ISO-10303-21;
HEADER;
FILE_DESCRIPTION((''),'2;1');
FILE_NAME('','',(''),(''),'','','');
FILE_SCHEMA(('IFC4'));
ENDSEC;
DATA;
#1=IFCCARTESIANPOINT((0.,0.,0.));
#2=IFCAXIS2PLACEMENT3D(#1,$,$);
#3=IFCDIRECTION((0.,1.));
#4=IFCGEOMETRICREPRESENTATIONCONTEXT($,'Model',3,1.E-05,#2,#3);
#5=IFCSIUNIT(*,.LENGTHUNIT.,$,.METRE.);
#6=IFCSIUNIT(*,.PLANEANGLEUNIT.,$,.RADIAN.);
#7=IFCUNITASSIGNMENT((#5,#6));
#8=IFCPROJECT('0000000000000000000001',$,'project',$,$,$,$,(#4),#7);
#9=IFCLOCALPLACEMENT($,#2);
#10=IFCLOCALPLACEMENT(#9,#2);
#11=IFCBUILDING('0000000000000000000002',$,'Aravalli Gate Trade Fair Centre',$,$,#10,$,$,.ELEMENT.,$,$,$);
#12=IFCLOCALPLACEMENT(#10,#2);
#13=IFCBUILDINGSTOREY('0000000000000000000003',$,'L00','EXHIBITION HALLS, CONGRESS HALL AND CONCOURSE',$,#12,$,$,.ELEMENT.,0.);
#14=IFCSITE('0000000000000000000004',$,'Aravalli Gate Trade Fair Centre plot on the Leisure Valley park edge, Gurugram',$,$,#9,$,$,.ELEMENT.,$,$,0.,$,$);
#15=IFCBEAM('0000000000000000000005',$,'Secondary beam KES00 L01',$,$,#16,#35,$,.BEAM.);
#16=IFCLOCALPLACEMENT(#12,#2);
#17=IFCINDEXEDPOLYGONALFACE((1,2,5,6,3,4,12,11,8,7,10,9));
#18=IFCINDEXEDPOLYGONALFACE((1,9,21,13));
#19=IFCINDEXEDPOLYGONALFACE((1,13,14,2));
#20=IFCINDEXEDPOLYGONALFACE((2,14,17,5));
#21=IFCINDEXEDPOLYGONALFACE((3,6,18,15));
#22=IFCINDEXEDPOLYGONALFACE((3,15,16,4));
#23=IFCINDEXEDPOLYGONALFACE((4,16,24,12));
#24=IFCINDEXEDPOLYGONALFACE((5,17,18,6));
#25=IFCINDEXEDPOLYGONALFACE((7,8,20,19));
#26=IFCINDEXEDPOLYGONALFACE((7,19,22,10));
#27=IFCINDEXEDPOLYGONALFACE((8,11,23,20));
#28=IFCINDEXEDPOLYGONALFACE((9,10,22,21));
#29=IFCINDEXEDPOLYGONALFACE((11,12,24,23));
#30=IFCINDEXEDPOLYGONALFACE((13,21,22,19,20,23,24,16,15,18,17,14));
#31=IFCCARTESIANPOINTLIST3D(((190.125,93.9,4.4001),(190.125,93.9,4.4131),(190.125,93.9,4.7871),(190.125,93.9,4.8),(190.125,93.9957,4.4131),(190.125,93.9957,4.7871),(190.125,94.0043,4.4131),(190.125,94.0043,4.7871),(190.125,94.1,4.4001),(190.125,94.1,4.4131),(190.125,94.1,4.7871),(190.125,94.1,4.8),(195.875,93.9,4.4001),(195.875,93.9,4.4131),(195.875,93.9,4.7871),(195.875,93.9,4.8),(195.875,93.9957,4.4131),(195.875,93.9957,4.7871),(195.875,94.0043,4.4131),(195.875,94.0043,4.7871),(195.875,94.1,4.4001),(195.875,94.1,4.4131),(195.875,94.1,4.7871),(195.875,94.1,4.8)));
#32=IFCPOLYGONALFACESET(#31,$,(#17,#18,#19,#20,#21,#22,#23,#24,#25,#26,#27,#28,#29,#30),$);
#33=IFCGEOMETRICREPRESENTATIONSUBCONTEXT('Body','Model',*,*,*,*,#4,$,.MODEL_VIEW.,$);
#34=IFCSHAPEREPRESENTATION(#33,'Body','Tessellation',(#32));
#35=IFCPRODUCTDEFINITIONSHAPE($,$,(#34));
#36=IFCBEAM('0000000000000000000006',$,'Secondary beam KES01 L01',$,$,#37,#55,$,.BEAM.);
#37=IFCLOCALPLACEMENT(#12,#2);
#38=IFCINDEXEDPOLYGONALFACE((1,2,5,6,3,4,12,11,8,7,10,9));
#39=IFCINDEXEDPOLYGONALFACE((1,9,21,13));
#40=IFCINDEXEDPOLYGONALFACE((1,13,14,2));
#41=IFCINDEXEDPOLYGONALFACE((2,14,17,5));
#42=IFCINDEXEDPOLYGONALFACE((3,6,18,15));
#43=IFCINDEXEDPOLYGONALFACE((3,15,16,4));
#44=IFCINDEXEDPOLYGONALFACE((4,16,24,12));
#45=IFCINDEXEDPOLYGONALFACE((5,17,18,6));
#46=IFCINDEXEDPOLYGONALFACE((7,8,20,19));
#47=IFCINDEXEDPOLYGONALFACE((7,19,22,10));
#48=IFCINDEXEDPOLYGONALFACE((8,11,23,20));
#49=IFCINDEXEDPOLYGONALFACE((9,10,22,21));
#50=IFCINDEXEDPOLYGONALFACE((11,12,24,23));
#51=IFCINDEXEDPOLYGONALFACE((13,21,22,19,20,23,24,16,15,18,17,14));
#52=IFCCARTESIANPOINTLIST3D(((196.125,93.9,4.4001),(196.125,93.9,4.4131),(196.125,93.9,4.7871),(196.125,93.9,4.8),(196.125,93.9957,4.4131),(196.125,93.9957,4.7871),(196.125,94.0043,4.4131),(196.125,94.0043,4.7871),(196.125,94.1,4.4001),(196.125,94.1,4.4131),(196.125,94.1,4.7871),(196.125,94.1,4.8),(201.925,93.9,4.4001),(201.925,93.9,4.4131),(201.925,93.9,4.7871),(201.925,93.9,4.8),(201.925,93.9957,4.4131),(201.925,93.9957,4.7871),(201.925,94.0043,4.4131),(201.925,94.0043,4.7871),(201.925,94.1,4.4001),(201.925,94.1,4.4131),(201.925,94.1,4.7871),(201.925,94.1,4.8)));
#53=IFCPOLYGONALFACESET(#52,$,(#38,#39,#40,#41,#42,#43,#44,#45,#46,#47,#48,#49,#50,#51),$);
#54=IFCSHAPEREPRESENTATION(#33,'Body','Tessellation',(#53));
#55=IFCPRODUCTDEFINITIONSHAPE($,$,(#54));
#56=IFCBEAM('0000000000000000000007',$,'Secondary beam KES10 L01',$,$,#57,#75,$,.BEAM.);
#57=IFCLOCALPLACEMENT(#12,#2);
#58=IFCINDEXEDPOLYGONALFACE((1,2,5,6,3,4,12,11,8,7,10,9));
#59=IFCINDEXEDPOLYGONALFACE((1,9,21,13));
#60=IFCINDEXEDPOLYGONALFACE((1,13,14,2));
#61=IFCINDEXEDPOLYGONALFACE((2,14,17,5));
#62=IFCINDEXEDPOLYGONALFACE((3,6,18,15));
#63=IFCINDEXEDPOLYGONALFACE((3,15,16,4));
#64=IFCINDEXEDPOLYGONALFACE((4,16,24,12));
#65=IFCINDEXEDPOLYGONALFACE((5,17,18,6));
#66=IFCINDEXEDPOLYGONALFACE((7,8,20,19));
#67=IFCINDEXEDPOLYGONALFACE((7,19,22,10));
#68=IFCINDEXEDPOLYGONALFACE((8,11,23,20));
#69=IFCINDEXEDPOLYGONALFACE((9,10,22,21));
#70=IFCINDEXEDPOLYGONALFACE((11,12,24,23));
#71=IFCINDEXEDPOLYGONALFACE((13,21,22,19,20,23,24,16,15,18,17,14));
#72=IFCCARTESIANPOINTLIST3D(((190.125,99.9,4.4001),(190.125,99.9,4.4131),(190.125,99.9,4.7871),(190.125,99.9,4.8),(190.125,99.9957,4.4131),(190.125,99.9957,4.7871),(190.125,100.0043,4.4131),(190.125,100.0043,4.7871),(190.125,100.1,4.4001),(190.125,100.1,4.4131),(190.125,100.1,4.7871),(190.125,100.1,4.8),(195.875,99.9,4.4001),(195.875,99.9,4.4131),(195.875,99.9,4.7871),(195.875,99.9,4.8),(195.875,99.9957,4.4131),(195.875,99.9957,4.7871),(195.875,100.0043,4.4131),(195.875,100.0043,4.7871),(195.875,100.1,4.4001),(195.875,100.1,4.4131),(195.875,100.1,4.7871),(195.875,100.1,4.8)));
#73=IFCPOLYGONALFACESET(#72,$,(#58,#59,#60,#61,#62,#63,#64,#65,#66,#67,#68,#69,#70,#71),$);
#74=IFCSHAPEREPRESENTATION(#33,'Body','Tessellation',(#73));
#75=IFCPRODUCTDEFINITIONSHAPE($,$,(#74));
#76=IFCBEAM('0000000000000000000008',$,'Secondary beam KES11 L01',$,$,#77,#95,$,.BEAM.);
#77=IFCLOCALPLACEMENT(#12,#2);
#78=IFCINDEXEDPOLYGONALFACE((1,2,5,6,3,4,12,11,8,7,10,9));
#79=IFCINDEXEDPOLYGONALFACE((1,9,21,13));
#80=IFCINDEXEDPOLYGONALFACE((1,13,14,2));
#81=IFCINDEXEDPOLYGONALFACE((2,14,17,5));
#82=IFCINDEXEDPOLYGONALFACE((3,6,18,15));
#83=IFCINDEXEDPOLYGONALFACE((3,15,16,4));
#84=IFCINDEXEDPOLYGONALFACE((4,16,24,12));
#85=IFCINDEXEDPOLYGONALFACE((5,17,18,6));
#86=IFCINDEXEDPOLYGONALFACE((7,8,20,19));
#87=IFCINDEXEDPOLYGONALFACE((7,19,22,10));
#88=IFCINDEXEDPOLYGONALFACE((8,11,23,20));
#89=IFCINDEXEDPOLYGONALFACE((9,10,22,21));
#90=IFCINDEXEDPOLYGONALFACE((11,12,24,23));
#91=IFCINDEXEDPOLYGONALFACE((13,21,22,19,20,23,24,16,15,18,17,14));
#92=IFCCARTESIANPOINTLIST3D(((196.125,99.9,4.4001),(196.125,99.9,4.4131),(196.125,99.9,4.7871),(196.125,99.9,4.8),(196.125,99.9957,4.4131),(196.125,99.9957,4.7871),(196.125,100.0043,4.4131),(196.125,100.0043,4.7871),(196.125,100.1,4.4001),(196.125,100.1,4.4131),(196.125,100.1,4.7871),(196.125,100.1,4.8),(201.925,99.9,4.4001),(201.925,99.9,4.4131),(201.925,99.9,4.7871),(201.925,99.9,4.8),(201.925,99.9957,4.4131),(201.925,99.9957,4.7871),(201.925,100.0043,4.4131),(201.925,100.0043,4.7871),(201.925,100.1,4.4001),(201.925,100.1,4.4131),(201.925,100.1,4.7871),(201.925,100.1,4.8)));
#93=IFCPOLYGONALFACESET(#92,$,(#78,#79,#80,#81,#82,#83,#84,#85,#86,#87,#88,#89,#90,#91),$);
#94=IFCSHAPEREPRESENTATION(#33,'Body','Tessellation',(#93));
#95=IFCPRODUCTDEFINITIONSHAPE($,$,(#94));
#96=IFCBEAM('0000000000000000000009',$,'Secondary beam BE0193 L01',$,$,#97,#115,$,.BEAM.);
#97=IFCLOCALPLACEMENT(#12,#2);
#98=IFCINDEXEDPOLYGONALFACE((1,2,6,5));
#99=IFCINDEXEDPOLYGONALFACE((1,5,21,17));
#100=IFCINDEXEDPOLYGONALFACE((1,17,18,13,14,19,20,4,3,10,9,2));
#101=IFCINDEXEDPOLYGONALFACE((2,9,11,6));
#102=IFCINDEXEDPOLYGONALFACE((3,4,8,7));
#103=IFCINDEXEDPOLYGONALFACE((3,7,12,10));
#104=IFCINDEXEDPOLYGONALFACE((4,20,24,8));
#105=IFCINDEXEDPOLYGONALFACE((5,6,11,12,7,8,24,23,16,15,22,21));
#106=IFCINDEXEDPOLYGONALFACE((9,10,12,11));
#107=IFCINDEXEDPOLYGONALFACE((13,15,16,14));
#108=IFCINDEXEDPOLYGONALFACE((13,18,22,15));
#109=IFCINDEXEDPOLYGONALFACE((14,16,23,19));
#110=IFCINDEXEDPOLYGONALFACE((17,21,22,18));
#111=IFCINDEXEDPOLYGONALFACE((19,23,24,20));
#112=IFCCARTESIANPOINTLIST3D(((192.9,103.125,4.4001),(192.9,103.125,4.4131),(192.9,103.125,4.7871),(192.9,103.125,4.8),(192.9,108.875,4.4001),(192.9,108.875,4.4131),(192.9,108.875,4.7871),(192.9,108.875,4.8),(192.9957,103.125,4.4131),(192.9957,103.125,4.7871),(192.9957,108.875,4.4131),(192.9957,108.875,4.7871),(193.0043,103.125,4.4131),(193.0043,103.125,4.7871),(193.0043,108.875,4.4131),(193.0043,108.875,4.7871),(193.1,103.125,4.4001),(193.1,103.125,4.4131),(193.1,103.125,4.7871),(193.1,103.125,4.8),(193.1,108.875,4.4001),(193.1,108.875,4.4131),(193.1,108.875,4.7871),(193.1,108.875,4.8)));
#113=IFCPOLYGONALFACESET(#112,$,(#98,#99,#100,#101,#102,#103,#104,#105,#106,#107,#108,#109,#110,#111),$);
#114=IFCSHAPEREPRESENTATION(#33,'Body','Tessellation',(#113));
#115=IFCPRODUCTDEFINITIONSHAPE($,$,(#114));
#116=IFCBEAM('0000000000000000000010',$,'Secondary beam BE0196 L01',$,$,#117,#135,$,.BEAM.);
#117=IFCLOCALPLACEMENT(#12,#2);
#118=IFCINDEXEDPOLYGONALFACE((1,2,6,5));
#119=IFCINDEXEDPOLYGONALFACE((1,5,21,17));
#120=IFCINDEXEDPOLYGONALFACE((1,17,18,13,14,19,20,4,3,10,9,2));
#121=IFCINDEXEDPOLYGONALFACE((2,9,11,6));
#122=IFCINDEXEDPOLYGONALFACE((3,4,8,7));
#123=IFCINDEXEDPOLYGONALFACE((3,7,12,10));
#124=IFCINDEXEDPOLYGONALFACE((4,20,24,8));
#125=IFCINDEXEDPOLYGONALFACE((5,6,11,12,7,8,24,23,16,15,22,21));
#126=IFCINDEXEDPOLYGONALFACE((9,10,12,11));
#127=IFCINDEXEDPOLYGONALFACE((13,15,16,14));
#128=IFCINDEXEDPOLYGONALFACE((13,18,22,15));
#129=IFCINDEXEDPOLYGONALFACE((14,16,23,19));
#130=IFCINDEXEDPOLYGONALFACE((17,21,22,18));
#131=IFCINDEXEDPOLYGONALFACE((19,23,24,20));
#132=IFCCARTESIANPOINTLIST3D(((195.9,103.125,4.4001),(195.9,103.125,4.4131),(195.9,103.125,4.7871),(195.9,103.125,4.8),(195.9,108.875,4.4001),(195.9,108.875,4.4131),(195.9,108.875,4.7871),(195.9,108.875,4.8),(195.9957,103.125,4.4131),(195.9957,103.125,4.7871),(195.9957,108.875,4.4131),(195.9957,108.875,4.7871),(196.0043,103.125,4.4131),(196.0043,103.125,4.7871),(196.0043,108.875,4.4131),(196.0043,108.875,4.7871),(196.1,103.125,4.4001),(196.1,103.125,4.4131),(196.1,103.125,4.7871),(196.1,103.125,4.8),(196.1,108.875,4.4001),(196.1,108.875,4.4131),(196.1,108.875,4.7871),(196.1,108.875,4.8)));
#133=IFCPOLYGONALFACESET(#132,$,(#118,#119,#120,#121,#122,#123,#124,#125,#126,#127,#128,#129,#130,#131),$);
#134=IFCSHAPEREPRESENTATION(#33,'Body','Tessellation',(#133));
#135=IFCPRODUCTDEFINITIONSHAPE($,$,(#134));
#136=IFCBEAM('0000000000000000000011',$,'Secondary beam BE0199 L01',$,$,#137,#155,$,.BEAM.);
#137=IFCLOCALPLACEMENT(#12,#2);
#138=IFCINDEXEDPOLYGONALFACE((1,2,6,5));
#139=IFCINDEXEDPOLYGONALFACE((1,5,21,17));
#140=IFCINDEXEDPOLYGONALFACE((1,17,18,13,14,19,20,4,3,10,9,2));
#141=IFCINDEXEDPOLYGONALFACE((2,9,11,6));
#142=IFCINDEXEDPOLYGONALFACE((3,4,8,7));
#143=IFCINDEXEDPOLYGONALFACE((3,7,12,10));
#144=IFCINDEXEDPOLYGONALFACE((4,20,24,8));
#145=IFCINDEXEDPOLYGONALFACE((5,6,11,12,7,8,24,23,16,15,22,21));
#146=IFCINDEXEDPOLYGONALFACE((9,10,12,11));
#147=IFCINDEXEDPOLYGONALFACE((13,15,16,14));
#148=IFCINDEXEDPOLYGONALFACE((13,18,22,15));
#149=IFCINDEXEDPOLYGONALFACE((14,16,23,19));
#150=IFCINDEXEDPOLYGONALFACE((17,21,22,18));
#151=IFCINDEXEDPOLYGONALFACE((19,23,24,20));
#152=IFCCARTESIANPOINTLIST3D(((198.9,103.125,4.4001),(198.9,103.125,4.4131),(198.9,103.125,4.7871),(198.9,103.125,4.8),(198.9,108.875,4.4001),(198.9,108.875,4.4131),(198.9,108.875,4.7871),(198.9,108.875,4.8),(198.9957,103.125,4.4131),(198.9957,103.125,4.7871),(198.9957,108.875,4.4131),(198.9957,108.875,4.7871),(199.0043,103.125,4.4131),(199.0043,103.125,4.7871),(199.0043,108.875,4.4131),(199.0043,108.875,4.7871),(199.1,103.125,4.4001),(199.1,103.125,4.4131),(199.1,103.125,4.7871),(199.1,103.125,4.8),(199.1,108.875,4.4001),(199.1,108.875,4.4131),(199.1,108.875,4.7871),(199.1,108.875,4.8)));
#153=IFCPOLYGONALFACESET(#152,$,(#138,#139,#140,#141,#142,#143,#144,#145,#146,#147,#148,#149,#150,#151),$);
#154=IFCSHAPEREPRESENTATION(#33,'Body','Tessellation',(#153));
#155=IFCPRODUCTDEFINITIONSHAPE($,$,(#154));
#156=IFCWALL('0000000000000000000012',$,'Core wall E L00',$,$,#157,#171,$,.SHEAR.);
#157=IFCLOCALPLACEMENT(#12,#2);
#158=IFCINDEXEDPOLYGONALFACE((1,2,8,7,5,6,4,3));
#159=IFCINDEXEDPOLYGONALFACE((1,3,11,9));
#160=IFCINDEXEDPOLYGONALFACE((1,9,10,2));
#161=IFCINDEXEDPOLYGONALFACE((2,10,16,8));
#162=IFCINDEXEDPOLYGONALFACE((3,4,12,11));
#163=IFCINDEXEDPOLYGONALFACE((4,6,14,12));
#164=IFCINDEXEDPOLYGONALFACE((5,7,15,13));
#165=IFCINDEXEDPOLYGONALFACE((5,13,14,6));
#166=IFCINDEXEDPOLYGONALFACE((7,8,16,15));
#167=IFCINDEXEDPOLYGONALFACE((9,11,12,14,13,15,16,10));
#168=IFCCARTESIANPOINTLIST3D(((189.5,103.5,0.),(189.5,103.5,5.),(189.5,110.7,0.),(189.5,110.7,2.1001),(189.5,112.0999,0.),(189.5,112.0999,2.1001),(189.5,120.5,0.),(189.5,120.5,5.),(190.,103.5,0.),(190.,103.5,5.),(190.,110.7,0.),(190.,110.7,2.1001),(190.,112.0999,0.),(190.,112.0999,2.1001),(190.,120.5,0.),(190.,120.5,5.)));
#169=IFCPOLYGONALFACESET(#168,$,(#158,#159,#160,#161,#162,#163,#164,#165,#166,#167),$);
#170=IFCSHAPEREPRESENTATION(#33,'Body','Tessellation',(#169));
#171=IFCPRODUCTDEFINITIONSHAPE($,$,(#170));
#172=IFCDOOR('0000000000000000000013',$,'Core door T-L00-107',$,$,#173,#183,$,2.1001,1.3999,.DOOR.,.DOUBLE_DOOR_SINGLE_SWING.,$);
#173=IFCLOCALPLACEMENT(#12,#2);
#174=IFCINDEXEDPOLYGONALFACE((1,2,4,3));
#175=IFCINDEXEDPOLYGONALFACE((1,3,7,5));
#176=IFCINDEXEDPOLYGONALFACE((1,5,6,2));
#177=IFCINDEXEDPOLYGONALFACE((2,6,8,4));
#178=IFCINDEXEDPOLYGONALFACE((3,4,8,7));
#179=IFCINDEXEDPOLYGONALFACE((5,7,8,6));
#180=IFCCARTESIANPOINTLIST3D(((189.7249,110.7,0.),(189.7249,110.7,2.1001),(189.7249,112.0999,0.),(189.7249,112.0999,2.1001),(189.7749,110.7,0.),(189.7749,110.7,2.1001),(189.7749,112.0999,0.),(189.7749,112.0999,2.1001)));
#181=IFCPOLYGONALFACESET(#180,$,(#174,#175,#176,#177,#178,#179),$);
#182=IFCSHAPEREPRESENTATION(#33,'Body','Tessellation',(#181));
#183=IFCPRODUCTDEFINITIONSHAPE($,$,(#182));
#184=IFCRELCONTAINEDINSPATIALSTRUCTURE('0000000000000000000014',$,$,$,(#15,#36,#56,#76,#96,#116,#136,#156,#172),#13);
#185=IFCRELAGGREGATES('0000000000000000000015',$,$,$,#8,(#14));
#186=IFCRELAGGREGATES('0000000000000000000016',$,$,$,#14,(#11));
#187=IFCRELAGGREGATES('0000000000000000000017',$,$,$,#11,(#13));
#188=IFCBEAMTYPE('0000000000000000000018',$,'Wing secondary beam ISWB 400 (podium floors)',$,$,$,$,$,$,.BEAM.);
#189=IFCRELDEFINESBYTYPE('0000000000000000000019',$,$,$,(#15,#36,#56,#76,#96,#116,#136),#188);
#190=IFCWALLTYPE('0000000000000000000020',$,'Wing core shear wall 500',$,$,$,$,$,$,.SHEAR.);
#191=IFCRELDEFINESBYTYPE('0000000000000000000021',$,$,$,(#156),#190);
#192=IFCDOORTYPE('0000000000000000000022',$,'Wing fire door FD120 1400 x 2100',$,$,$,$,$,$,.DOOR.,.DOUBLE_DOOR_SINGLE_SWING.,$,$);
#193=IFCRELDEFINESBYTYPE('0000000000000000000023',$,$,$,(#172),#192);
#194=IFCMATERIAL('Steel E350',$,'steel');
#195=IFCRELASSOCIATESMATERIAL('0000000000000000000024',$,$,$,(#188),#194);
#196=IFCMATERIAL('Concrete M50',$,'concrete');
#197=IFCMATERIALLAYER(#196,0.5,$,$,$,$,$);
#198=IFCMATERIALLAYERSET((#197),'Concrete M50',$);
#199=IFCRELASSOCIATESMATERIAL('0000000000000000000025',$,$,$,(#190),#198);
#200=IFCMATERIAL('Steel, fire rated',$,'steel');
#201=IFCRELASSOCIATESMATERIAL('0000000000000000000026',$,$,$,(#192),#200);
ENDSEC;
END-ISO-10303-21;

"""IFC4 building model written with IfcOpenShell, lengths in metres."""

from ifc_helpers import new_model, si_unit, direction, frame, frame_2d, origin, origin_2d, place, context, subcontext, project, spatial, rectangle, i_section, extrude, material, layer, layer_set, material_profile, profile_set, type_object, element, fill, save


model = new_model("IFC4")

# Units and contexts
model_context = context("Model", 3, precision=1e-05, world=origin(), true_north=direction((0.0, 1.0)))
body_context = subcontext(model_context, "Body", "Model", "MODEL_VIEW")
ifc_project = project(units=[si_unit("LENGTHUNIT", "METRE"), si_unit("PLANEANGLEUNIT", "RADIAN")], contexts=[model_context])

# Site, building, storey
site_placement = place(None, origin())
site = spatial("IfcSite", under=ifc_project, at=site_placement, Name="Aravalli Gate Trade Fair Centre plot on the Leisure Valley park edge, Gurugram", CompositionType="ELEMENT", RefElevation=0.0)
building_placement = place(site_placement, origin())
building = spatial("IfcBuilding", under=site, at=building_placement, Name="Aravalli Gate Trade Fair Centre", CompositionType="ELEMENT")
storey_placement = place(building_placement, origin())
storey = spatial("IfcBuildingStorey", under=building, at=storey_placement, Name="L00", Description="EXHIBITION HALLS, CONGRESS HALL AND CONCOURSE", CompositionType="ELEMENT", Elevation=0.0)

# Shared definitions
ifc_material_1 = material(Name="Steel E350", Category="steel")

# Beams
ifc_material_profile_1 = material_profile(ifc_material_1, i_section(OverallWidth=0.2, OverallDepth=0.3999, WebThickness=0.0085, FlangeThickness=0.0129, at=origin_2d()), Name="ISWB 400")
ifc_profile_set_1 = profile_set([ifc_material_profile_1], Name="Steel E350")
beam_type_1 = type_object("IfcBeamType", Name="Wing secondary beam ISWB 400 (podium floors)", PredefinedType="BEAM", material=ifc_profile_set_1)
beam_1_placement = place(storey_placement, frame((190.125, 94.0, 4.6001), z_axis=(1.0, 0.0, 0.0), x_axis=(0.0, 1.0, 0.0)))
element("IfcBeam", 1, at=beam_1_placement, inside=storey, type_object=beam_type_1, Name="Secondary beam KES00 L01", PredefinedType="BEAM", context=body_context, shape_type="SweptSolid", body=[
    extrude(i_section(OverallWidth=0.2, OverallDepth=0.3999, WebThickness=0.0085, FlangeThickness=0.0129, at=origin_2d()), origin(), (0.0, 0.0, 1.0), 5.75),
])
beam_2_placement = place(storey_placement, frame((196.125, 94.0, 4.6001), z_axis=(1.0, 0.0, 0.0), x_axis=(0.0, 1.0, 0.0)))
element("IfcBeam", 2, at=beam_2_placement, inside=storey, type_object=beam_type_1, Name="Secondary beam KES01 L01", PredefinedType="BEAM", context=body_context, shape_type="SweptSolid", body=[
    extrude(i_section(OverallWidth=0.2, OverallDepth=0.3999, WebThickness=0.0085, FlangeThickness=0.0129, at=origin_2d()), origin(), (0.0, 0.0, 1.0), 5.8),
])
beam_3_placement = place(storey_placement, frame((190.125, 100.0, 4.6001), z_axis=(1.0, 0.0, 0.0), x_axis=(0.0, 1.0, 0.0)))
element("IfcBeam", 3, at=beam_3_placement, inside=storey, type_object=beam_type_1, Name="Secondary beam KES10 L01", PredefinedType="BEAM", context=body_context, shape_type="SweptSolid", body=[
    extrude(i_section(OverallWidth=0.2, OverallDepth=0.3999, WebThickness=0.0085, FlangeThickness=0.0129, at=origin_2d()), origin(), (0.0, 0.0, 1.0), 5.75),
])
beam_4_placement = place(storey_placement, frame((196.125, 100.0, 4.6001), z_axis=(1.0, 0.0, 0.0), x_axis=(0.0, 1.0, 0.0)))
element("IfcBeam", 4, at=beam_4_placement, inside=storey, type_object=beam_type_1, Name="Secondary beam KES11 L01", PredefinedType="BEAM", context=body_context, shape_type="SweptSolid", body=[
    extrude(i_section(OverallWidth=0.2, OverallDepth=0.3999, WebThickness=0.0085, FlangeThickness=0.0129, at=origin_2d()), origin(), (0.0, 0.0, 1.0), 5.8),
])
for number, where, z_axis, x_axis, name in (
    (5, (193.0, 103.125, 4.6001), (0.0, 1.0, 0.0), (-1.0, 0.0, 0.0), "Secondary beam BE0193 L01"),
    (6, (196.0, 103.125, 4.6001), (0.0, 1.0, 0.0), (-1.0, 0.0, 0.0), "Secondary beam BE0196 L01"),
    (7, (199.0, 103.125, 4.6001), (0.0, 1.0, 0.0), (-1.0, 0.0, 0.0), "Secondary beam BE0199 L01"),
):
    element("IfcBeam", number, at=place(storey_placement, frame(where, z_axis=z_axis, x_axis=x_axis)), inside=storey, type_object=beam_type_1, Name=name, PredefinedType="BEAM", context=body_context, shape_type="SweptSolid", body=[
        extrude(i_section(OverallWidth=0.2, OverallDepth=0.3999, WebThickness=0.0085, FlangeThickness=0.0129, at=origin_2d()), origin(), (0.0, 0.0, 1.0), 5.75),
    ])

# Wall, opening, door
ifc_material_2 = material(Name="Concrete M50", Category="concrete")
ifc_layer_1 = layer(ifc_material_2, 0.5)
ifc_layer_set_1 = layer_set([ifc_layer_1], Name="Concrete M50")
wall_type_1 = type_object("IfcWallType", Name="Wing core shear wall 500", PredefinedType="SHEAR", material=ifc_layer_set_1)
wall_1_placement = place(storey_placement, frame((189.75, 103.5, 0.0), z_axis=(0.0, 0.0, 1.0), x_axis=(0.0, 1.0, 0.0)))
wall_1 = element("IfcWall", 8, at=wall_1_placement, inside=storey, type_object=wall_type_1, Name="Core wall E L00", PredefinedType="SHEAR", context=body_context, shape_type="SweptSolid", body=[
    extrude(rectangle(XDim=17.0, YDim=0.5, at=frame_2d((8.5, 0.0))), origin(), (0.0, 0.0, 1.0), 5.0),
])
opening_1_placement = place(wall_1_placement, frame((7.2, 0.0, 0.0)))
opening_1 = element("IfcOpeningElement", 9, at=opening_1_placement, cuts=wall_1, PredefinedType="OPENING", context=body_context, shape_type="SweptSolid", body=[
    extrude(rectangle(XDim=1.3999, YDim=2.1001, at=frame_2d((0.7, 1.05))), frame((0.0, 0.26, 0.0), z_axis=(0.0, -1.0, 0.0), x_axis=(1.0, 0.0, 0.0)), (0.0, 0.0, 1.0), 0.52),
])
ifc_material_3 = material(Name="Steel, fire rated", Category="steel")
door_type_1 = type_object("IfcDoorType", Name="Wing fire door FD120 1400 x 2100", OperationType="DOUBLE_DOOR_SINGLE_SWING", PredefinedType="DOOR", material=ifc_material_3)
door_1_placement = place(opening_1_placement, frame((1.3999, 0.0, 0.0), z_axis=(0.0, 0.0, 1.0), x_axis=(-1.0, 0.0, 0.0)))
door_1 = element("IfcDoor", 10, at=door_1_placement, inside=storey, type_object=door_type_1, Name="Core door T-L00-107", OperationType="DOUBLE_DOOR_SINGLE_SWING", OverallHeight=2.1001, OverallWidth=1.3999, PredefinedType="DOOR", context=body_context, shape_type="SweptSolid", body=[
    extrude(rectangle(XDim=1.3999, YDim=2.1001, at=frame_2d((0.7, 1.05))), frame((0.0, 0.0249, 0.0), z_axis=(0.0, -1.0, 0.0), x_axis=(1.0, 0.0, 0.0)), (0.0, 0.0, 1.0), 0.05),
])
fill(opening_1, door_1)

save(model, "model.ifc")
